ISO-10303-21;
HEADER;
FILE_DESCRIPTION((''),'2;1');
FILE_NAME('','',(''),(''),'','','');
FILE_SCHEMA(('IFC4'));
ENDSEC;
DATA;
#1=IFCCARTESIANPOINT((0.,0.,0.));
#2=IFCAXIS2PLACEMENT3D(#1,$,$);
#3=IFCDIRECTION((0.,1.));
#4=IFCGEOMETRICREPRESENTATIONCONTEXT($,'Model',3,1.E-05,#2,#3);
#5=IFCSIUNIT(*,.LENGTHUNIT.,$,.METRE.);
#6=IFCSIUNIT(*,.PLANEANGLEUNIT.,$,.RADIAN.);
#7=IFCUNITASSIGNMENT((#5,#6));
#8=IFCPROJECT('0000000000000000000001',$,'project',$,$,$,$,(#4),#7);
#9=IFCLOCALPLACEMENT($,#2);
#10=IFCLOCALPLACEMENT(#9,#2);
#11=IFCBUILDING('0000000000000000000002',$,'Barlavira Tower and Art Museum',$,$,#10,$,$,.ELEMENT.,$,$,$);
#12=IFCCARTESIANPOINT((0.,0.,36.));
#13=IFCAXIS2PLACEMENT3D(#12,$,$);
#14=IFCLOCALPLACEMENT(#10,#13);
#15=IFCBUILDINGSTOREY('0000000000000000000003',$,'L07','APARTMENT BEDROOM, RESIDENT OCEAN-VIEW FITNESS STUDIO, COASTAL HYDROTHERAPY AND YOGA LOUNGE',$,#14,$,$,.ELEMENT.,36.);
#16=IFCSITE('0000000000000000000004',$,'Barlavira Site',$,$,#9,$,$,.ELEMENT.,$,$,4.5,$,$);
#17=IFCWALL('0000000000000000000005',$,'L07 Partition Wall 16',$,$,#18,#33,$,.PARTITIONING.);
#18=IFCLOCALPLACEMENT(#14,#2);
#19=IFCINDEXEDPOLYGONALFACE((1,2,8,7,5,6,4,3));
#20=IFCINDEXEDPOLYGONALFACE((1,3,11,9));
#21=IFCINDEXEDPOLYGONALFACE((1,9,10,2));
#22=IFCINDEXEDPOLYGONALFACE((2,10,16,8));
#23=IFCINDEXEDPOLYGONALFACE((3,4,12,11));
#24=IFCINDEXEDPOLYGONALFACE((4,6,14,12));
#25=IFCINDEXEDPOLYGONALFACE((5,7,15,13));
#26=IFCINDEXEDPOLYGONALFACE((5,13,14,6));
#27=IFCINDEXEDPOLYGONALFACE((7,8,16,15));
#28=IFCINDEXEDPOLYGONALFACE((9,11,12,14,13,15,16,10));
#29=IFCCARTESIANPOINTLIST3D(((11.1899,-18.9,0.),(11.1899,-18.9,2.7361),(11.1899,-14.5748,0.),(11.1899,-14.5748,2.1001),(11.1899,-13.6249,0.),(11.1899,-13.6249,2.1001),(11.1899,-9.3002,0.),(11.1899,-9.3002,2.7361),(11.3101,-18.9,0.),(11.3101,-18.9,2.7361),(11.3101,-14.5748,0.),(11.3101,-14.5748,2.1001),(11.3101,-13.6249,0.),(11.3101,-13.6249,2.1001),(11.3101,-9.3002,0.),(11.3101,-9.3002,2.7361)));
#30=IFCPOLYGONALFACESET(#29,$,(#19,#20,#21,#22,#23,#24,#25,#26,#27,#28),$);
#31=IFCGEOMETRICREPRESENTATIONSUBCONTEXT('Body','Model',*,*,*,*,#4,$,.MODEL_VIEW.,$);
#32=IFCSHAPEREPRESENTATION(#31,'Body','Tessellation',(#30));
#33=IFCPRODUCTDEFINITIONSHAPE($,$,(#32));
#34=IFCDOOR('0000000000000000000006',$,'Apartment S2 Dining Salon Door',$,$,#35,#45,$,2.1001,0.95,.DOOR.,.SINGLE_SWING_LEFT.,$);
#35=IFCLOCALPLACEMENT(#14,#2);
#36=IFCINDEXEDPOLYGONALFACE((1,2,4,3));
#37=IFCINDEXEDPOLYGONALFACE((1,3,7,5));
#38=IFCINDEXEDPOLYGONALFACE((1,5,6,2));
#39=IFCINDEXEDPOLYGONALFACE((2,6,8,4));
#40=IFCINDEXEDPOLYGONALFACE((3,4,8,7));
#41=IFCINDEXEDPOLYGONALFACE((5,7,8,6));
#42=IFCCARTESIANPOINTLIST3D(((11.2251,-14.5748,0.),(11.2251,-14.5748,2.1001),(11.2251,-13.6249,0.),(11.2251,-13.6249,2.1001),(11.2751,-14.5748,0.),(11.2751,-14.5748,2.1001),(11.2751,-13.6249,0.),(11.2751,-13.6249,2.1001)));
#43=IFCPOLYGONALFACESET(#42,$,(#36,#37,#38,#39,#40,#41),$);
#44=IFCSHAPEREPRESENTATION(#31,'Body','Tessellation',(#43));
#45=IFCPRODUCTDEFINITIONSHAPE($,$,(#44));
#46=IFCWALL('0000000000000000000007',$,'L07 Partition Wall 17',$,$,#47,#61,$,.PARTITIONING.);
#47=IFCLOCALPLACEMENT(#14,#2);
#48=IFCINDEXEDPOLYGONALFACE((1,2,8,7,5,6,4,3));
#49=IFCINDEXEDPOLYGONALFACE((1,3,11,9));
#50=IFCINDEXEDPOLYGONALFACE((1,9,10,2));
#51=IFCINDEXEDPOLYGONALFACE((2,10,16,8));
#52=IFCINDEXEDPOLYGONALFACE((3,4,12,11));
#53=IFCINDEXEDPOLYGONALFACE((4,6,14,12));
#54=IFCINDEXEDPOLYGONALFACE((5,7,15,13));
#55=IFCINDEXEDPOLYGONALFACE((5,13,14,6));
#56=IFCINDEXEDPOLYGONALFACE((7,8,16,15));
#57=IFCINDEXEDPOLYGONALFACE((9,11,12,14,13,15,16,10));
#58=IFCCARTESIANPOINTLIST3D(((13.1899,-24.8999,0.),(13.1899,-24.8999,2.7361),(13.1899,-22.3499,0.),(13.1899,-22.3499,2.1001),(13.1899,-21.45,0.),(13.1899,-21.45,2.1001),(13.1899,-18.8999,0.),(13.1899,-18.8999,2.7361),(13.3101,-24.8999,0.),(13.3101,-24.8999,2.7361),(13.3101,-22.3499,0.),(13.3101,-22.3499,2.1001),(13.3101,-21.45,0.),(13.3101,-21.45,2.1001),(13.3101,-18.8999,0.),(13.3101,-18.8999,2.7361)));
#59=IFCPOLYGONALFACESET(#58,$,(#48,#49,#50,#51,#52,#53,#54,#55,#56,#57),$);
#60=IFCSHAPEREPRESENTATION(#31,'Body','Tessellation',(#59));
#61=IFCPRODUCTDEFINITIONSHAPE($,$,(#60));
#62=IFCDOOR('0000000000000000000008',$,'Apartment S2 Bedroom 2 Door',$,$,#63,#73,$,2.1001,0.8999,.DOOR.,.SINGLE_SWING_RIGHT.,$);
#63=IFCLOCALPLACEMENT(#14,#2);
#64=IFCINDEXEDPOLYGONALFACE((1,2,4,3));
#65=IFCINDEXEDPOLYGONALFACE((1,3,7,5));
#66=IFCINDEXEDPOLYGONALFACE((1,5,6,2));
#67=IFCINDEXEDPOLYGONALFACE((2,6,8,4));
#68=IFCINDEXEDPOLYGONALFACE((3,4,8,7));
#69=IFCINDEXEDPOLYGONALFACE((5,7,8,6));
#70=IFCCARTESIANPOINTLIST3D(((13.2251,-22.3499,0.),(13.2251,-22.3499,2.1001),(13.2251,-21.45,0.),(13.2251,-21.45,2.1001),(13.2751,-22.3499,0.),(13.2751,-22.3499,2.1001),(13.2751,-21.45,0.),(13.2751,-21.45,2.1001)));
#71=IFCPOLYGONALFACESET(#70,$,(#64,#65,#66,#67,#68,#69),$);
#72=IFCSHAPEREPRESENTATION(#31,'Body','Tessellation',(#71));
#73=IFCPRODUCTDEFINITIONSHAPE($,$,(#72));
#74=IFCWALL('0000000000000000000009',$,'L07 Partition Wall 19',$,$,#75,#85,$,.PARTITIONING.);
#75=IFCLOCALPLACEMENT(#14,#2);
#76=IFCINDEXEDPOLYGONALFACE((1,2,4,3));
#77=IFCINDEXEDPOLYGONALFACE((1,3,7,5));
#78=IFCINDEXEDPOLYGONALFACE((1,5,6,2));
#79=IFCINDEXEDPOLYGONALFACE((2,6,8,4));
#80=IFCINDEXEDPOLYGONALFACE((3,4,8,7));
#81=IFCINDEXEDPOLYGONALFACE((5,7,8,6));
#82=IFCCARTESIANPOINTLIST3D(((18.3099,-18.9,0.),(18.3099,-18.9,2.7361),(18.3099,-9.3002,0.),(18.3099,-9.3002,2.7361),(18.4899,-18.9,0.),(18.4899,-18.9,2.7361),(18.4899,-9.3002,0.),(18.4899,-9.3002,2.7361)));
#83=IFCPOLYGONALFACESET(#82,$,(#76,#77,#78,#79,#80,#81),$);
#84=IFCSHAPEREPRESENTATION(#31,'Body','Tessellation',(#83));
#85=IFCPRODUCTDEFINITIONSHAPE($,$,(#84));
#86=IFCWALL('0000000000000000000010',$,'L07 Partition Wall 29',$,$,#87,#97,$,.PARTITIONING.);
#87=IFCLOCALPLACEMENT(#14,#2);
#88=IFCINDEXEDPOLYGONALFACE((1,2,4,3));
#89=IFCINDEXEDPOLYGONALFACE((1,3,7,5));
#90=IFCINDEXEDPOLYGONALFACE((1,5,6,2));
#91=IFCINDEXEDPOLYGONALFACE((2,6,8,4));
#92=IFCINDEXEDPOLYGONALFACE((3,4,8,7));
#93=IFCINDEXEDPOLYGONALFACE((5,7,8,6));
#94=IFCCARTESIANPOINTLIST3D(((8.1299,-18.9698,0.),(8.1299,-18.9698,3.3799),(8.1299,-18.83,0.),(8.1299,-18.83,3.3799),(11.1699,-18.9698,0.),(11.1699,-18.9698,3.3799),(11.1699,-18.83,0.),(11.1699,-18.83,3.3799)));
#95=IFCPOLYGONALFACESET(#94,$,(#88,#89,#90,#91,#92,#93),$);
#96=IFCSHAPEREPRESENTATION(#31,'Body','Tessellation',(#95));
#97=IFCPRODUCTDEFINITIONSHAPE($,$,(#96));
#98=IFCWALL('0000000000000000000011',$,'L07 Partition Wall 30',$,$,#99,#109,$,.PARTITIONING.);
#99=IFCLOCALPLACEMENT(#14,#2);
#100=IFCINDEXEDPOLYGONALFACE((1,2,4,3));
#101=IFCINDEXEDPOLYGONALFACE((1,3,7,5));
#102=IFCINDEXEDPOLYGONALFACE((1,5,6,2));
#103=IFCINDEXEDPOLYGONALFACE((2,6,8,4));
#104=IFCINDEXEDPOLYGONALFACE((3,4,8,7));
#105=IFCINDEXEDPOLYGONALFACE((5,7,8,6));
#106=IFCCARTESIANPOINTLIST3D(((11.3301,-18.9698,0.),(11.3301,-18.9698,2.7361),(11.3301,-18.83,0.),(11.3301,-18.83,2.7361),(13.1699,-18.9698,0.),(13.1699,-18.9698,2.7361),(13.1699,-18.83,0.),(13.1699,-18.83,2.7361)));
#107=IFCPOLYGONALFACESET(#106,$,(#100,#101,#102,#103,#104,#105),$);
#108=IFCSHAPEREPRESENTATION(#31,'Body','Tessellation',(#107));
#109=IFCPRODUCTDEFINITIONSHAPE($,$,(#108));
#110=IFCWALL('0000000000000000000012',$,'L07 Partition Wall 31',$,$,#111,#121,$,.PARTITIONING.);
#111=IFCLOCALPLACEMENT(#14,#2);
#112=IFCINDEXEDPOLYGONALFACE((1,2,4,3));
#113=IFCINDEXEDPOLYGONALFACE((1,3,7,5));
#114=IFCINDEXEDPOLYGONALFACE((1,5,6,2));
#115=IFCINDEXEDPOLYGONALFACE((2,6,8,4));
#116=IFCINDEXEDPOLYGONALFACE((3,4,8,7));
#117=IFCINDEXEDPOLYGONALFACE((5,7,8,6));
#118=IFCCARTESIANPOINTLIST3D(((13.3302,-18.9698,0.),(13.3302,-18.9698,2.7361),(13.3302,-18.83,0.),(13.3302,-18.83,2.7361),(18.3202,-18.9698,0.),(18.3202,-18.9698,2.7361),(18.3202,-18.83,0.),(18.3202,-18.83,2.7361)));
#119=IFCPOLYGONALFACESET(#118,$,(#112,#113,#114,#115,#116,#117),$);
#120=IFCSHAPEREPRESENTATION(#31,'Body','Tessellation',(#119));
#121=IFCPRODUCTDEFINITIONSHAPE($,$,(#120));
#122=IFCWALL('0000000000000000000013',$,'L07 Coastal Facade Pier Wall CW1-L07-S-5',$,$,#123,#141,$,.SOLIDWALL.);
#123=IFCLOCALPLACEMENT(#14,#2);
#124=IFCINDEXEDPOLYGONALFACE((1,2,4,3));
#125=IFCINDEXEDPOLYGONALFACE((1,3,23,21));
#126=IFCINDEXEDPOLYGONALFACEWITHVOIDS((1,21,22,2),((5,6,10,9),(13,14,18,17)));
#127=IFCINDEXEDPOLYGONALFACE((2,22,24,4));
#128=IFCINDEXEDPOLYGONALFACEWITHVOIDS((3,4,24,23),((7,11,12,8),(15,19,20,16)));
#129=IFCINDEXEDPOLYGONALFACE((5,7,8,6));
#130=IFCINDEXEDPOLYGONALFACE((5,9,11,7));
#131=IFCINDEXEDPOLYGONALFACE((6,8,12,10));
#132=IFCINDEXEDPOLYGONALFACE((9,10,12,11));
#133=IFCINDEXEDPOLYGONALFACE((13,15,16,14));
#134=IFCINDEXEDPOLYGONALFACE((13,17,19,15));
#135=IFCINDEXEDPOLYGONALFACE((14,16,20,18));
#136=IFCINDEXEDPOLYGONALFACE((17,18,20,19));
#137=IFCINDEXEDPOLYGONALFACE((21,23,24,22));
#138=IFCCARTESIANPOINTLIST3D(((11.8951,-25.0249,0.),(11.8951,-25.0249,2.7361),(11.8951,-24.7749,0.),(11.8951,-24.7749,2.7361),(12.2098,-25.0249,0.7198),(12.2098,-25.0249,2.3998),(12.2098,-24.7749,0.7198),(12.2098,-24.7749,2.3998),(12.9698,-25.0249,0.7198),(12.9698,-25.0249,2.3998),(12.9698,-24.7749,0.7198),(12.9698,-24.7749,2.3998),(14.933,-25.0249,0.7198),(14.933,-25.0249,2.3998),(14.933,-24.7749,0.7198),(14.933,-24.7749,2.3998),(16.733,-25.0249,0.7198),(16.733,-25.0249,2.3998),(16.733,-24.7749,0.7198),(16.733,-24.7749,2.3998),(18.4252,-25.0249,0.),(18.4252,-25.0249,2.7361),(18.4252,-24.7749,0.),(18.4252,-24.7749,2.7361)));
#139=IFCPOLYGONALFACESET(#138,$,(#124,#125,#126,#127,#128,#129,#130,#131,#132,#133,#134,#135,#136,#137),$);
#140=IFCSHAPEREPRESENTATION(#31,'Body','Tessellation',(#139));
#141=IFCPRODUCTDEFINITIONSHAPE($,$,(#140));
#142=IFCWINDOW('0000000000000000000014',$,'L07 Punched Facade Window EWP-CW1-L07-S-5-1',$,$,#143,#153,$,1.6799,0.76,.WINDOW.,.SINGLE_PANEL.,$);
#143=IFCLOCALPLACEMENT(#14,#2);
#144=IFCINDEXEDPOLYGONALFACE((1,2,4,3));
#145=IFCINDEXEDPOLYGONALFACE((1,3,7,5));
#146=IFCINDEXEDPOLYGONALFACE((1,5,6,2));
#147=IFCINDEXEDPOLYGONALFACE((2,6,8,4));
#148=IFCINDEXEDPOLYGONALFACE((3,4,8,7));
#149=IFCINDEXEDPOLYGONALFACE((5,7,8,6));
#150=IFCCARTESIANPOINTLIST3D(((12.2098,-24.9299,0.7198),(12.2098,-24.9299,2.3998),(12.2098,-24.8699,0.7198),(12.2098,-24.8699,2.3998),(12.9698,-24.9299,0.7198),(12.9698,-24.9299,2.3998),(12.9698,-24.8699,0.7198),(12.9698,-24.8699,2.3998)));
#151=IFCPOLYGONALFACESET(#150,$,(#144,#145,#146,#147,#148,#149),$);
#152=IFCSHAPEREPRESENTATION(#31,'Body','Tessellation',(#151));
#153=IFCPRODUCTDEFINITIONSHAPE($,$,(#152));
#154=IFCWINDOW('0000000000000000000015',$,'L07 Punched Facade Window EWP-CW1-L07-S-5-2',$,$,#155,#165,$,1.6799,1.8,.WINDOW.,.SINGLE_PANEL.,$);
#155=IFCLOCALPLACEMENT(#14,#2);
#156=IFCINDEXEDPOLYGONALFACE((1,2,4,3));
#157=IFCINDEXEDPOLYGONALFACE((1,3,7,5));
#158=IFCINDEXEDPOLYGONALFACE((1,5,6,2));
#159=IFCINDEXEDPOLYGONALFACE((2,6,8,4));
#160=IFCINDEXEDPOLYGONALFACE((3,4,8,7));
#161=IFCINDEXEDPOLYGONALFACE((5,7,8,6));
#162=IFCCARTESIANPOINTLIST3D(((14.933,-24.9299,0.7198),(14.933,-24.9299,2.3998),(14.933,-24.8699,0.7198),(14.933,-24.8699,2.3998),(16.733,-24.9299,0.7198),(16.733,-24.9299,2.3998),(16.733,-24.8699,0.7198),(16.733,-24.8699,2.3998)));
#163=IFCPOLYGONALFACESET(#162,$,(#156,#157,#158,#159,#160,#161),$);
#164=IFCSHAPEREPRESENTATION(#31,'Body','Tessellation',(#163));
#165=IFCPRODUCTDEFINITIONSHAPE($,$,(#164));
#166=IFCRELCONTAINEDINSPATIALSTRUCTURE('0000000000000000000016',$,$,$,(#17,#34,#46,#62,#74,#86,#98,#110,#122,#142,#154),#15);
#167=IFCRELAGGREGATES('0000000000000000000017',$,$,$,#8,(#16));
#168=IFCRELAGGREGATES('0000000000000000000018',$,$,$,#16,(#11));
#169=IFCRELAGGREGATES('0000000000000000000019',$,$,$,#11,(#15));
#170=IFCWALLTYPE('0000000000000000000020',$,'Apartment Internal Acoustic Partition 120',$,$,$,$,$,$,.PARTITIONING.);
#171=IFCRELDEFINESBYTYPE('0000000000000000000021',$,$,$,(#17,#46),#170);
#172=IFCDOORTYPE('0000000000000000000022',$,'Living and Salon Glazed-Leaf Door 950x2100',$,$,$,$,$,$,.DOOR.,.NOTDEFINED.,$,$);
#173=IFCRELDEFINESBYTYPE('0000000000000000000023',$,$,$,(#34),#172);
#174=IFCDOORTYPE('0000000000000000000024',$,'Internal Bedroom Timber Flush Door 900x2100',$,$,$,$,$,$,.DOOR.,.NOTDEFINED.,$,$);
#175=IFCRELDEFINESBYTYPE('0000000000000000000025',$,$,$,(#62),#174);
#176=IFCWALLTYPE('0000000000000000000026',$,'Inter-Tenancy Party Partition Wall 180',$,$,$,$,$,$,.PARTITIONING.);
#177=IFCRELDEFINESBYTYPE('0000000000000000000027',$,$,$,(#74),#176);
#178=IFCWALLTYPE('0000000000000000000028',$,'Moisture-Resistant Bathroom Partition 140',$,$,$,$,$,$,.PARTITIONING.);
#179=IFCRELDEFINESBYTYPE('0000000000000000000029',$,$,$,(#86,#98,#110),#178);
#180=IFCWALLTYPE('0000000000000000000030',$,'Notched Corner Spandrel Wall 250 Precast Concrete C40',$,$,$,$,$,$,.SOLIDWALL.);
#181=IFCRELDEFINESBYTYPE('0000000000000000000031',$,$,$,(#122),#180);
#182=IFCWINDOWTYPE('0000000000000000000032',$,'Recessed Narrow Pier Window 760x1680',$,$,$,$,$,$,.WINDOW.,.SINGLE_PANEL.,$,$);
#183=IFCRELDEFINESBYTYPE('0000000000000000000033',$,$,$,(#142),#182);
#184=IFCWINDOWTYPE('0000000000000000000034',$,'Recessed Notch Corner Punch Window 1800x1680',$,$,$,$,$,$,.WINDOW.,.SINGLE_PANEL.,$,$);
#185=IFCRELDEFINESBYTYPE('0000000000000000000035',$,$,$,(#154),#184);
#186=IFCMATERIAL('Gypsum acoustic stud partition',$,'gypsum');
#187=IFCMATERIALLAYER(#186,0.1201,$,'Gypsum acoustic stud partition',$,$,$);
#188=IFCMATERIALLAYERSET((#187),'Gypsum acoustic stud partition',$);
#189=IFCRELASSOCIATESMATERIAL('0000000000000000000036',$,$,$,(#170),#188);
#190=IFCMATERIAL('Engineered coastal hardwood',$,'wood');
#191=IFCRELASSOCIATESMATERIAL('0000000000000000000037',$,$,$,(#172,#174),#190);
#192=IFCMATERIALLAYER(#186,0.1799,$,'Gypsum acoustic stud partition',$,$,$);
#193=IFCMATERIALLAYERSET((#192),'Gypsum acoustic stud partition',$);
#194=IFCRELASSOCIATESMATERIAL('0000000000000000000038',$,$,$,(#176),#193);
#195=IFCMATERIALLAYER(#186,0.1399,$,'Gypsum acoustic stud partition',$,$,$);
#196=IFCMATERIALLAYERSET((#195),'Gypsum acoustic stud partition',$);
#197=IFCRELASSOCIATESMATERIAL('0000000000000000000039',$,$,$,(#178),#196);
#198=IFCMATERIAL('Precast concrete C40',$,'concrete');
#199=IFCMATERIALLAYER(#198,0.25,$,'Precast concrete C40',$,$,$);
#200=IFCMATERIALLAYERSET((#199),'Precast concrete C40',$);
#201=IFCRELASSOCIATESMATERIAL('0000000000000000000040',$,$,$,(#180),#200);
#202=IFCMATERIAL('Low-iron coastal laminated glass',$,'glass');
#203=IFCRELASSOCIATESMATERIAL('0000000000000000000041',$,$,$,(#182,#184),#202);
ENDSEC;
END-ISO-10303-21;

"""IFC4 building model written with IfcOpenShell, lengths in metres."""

from ifc_helpers import new_model, si_unit, direction, frame, frame_2d, origin, place, context, subcontext, project, spatial, rectangle, extrude, material, layer, layer_set, type_object, element, fill, save


model = new_model("IFC4")

# Units and contexts
model_context = context("Model", 3, precision=1e-05, world=origin(), true_north=direction((0.0, 1.0)))
body_context = subcontext(model_context, "Body", "Model", "MODEL_VIEW")
ifc_project = project(units=[si_unit("LENGTHUNIT", "METRE"), si_unit("PLANEANGLEUNIT", "RADIAN")], contexts=[model_context])

# Site, building, storey
site_placement = place(None, origin())
site = spatial("IfcSite", under=ifc_project, at=site_placement, Name="Barlavira Site", CompositionType="ELEMENT", RefElevation=4.5)
building_placement = place(site_placement, origin())
building = spatial("IfcBuilding", under=site, at=building_placement, Name="Barlavira Tower and Art Museum", CompositionType="ELEMENT")
storey_placement = place(building_placement, frame((0.0, 0.0, 36.0)))
storey = spatial("IfcBuildingStorey", under=building, at=storey_placement, Name="L07", Description="APARTMENT BEDROOM, RESIDENT OCEAN-VIEW FITNESS STUDIO, COASTAL HYDROTHERAPY AND YOGA LOUNGE", CompositionType="ELEMENT", Elevation=36.0)

# Walls, openings, doors
ifc_material_1 = material(Name="Gypsum acoustic stud partition", Category="gypsum")
ifc_layer_1 = layer(ifc_material_1, 0.1201, Name="Gypsum acoustic stud partition")
ifc_layer_set_1 = layer_set([ifc_layer_1], Name="Gypsum acoustic stud partition")
wall_type_1 = type_object("IfcWallType", Name="Apartment Internal Acoustic Partition 120", PredefinedType="PARTITIONING", material=ifc_layer_set_1)
wall_1_placement = place(storey_placement, frame((11.25, -18.8999, 0.0), z_axis=(0.0, 0.0, 1.0), x_axis=(0.0, 1.0, 0.0)))
wall_1 = element("IfcWall", 1, at=wall_1_placement, inside=storey, type_object=wall_type_1, Name="L07 Partition Wall 16", PredefinedType="PARTITIONING", context=body_context, shape_type="SweptSolid", body=[
    extrude(rectangle(XDim=9.5999, YDim=0.1201, at=frame_2d((4.7998, 0.0))), origin(), (0.0, 0.0, 1.0), 2.7361),
])
opening_1_placement = place(wall_1_placement, frame((4.325, 0.0, 0.0)))
opening_1 = element("IfcOpeningElement", 2, at=opening_1_placement, cuts=wall_1, PredefinedType="OPENING", context=body_context, shape_type="SweptSolid", body=[
    extrude(rectangle(XDim=0.95, YDim=2.1001, at=frame_2d((0.4751, 1.05))), frame((0.0, 0.0701, 0.0), z_axis=(0.0, -1.0, 0.0), x_axis=(1.0, 0.0, 0.0)), (0.0, 0.0, 1.0), 0.1401),
])
ifc_material_2 = material(Name="Engineered coastal hardwood", Category="wood")
door_type_1 = type_object("IfcDoorType", Name="Living and Salon Glazed-Leaf Door 950x2100", OperationType="NOTDEFINED", PredefinedType="DOOR", material=ifc_material_2)
door_1_placement = place(opening_1_placement, origin())
door_1 = element("IfcDoor", 3, at=door_1_placement, inside=storey, type_object=door_type_1, Name="Apartment S2 Dining Salon Door", OperationType="SINGLE_SWING_LEFT", OverallHeight=2.1001, OverallWidth=0.95, PredefinedType="DOOR", context=body_context, shape_type="SweptSolid", body=[
    extrude(rectangle(XDim=0.95, YDim=2.1001, at=frame_2d((0.4751, 1.05))), frame((0.0, 0.0249, 0.0), z_axis=(0.0, -1.0, 0.0), x_axis=(1.0, 0.0, 0.0)), (0.0, 0.0, 1.0), 0.05),
])
fill(opening_1, door_1)
wall_2_placement = place(storey_placement, frame((13.25, -24.8999, 0.0), z_axis=(0.0, 0.0, 1.0), x_axis=(0.0, 1.0, 0.0)))
wall_2 = element("IfcWall", 4, at=wall_2_placement, inside=storey, type_object=wall_type_1, Name="L07 Partition Wall 17", PredefinedType="PARTITIONING", context=body_context, shape_type="SweptSolid", body=[
    extrude(rectangle(XDim=6.0, YDim=0.1201, at=frame_2d((3.0, 0.0))), origin(), (0.0, 0.0, 1.0), 2.7361),
])
opening_2_placement = place(wall_2_placement, frame((2.55, 0.0, 0.0)))
opening_2 = element("IfcOpeningElement", 5, at=opening_2_placement, cuts=wall_2, PredefinedType="OPENING", context=body_context, shape_type="SweptSolid", body=[
    extrude(rectangle(XDim=0.8999, YDim=2.1001, at=frame_2d((0.45, 1.05))), frame((0.0, 0.0701, 0.0), z_axis=(0.0, -1.0, 0.0), x_axis=(1.0, 0.0, 0.0)), (0.0, 0.0, 1.0), 0.1401),
])
door_type_2 = type_object("IfcDoorType", Name="Internal Bedroom Timber Flush Door 900x2100", OperationType="NOTDEFINED", PredefinedType="DOOR", material=ifc_material_2)
door_2_placement = place(opening_2_placement, origin())
door_2 = element("IfcDoor", 6, at=door_2_placement, inside=storey, type_object=door_type_2, Name="Apartment S2 Bedroom 2 Door", OperationType="SINGLE_SWING_RIGHT", OverallHeight=2.1001, OverallWidth=0.8999, PredefinedType="DOOR", context=body_context, shape_type="SweptSolid", body=[
    extrude(rectangle(XDim=0.8999, YDim=2.1001, at=frame_2d((0.45, 1.05))), frame((0.0, 0.0249, 0.0), z_axis=(0.0, -1.0, 0.0), x_axis=(1.0, 0.0, 0.0)), (0.0, 0.0, 1.0), 0.05),
])
fill(opening_2, door_2)

# Walls
ifc_layer_2 = layer(ifc_material_1, 0.1799, Name="Gypsum acoustic stud partition")
ifc_layer_set_2 = layer_set([ifc_layer_2], Name="Gypsum acoustic stud partition")
wall_type_2 = type_object("IfcWallType", Name="Inter-Tenancy Party Partition Wall 180", PredefinedType="PARTITIONING", material=ifc_layer_set_2)
wall_3_placement = place(storey_placement, frame((18.3999, -18.8999, 0.0), z_axis=(0.0, 0.0, 1.0), x_axis=(0.0, 1.0, 0.0)))
element("IfcWall", 7, at=wall_3_placement, inside=storey, type_object=wall_type_2, Name="L07 Partition Wall 19", PredefinedType="PARTITIONING", context=body_context, shape_type="SweptSolid", body=[
    extrude(rectangle(XDim=9.5999, YDim=0.1799, at=frame_2d((4.7998, 0.0))), origin(), (0.0, 0.0, 1.0), 2.7361),
])
ifc_layer_3 = layer(ifc_material_1, 0.1399, Name="Gypsum acoustic stud partition")
ifc_layer_set_3 = layer_set([ifc_layer_3], Name="Gypsum acoustic stud partition")
wall_type_3 = type_object("IfcWallType", Name="Moisture-Resistant Bathroom Partition 140", PredefinedType="PARTITIONING", material=ifc_layer_set_3)
wall_4_placement = place(storey_placement, frame((8.1299, -18.8999, 0.0), z_axis=(0.0, 0.0, 1.0), x_axis=(1.0, 0.0, 0.0)))
element("IfcWall", 8, at=wall_4_placement, inside=storey, type_object=wall_type_3, Name="L07 Partition Wall 29", PredefinedType="PARTITIONING", context=body_context, shape_type="SweptSolid", body=[
    extrude(rectangle(XDim=3.04, YDim=0.1399, at=frame_2d((1.52, 0.0))), origin(), (0.0, 0.0, 1.0), 3.3799),
])
wall_5_placement = place(storey_placement, frame((11.3301, -18.8999, 0.0), z_axis=(0.0, 0.0, 1.0), x_axis=(1.0, 0.0, 0.0)))
element("IfcWall", 9, at=wall_5_placement, inside=storey, type_object=wall_type_3, Name="L07 Partition Wall 30", PredefinedType="PARTITIONING", context=body_context, shape_type="SweptSolid", body=[
    extrude(rectangle(XDim=1.8398, YDim=0.1399, at=frame_2d((0.9199, 0.0))), origin(), (0.0, 0.0, 1.0), 2.7361),
])
wall_6_placement = place(storey_placement, frame((13.3301, -18.8999, 0.0), z_axis=(0.0, 0.0, 1.0), x_axis=(1.0, 0.0, 0.0)))
element("IfcWall", 10, at=wall_6_placement, inside=storey, type_object=wall_type_3, Name="L07 Partition Wall 31", PredefinedType="PARTITIONING", context=body_context, shape_type="SweptSolid", body=[
    extrude(rectangle(XDim=4.99, YDim=0.1399, at=frame_2d((2.4951, 0.0))), origin(), (0.0, 0.0, 1.0), 2.7361),
])

# Wall, openings, windows
ifc_material_3 = material(Name="Precast concrete C40", Category="concrete")
ifc_layer_4 = layer(ifc_material_3, 0.25, Name="Precast concrete C40")
ifc_layer_set_4 = layer_set([ifc_layer_4], Name="Precast concrete C40")
wall_type_4 = type_object("IfcWallType", Name="Notched Corner Spandrel Wall 250 Precast Concrete C40", PredefinedType="SOLIDWALL", material=ifc_layer_set_4)
wall_7_placement = place(storey_placement, frame((11.895, -24.8999, 0.0), z_axis=(0.0, 0.0, 1.0), x_axis=(1.0, 0.0, 0.0)))
wall_7 = element("IfcWall", 11, at=wall_7_placement, inside=storey, type_object=wall_type_4, Name="L07 Coastal Facade Pier Wall CW1-L07-S-5", PredefinedType="SOLIDWALL", context=body_context, shape_type="SweptSolid", body=[
    extrude(rectangle(XDim=6.53, YDim=0.25, at=frame_2d((3.2651, 0.0))), origin(), (0.0, 0.0, 1.0), 2.7361),
])
opening_3_placement = place(wall_7_placement, frame((0.3149, 0.0, 0.72)))
opening_3 = element("IfcOpeningElement", 12, at=opening_3_placement, cuts=wall_7, PredefinedType="OPENING", context=body_context, shape_type="SweptSolid", body=[
    extrude(rectangle(XDim=0.76, YDim=1.6799, at=frame_2d((0.3799, 0.8398))), frame((0.0, 0.135, 0.0), z_axis=(0.0, -1.0, 0.0), x_axis=(1.0, 0.0, 0.0)), (0.0, 0.0, 1.0), 0.27),
])
opening_4_placement = place(wall_7_placement, frame((3.0381, 0.0, 0.72)))
opening_4 = element("IfcOpeningElement", 13, at=opening_4_placement, cuts=wall_7, PredefinedType="OPENING", context=body_context, shape_type="SweptSolid", body=[
    extrude(rectangle(XDim=1.8, YDim=1.6799, at=frame_2d((0.8999, 0.8398))), frame((0.0, 0.135, 0.0), z_axis=(0.0, -1.0, 0.0), x_axis=(1.0, 0.0, 0.0)), (0.0, 0.0, 1.0), 0.27),
])
ifc_material_4 = material(Name="Low-iron coastal laminated glass", Category="glass")
window_type_1 = type_object("IfcWindowType", Name="Recessed Narrow Pier Window 760x1680", PartitioningType="SINGLE_PANEL", PredefinedType="WINDOW", material=ifc_material_4)
window_1_placement = place(opening_3_placement, origin())
window_1 = element("IfcWindow", 14, at=window_1_placement, inside=storey, type_object=window_type_1, Name="L07 Punched Facade Window EWP-CW1-L07-S-5-1", OverallHeight=1.6799, OverallWidth=0.76, PartitioningType="SINGLE_PANEL", PredefinedType="WINDOW", context=body_context, shape_type="SweptSolid", body=[
    extrude(rectangle(XDim=0.76, YDim=1.6799, at=frame_2d((0.3799, 0.8398))), frame((0.0, 0.03, 0.0), z_axis=(0.0, -1.0, 0.0), x_axis=(1.0, 0.0, 0.0)), (0.0, 0.0, 1.0), 0.0601),
])
fill(opening_3, window_1)
window_type_2 = type_object("IfcWindowType", Name="Recessed Notch Corner Punch Window 1800x1680", PartitioningType="SINGLE_PANEL", PredefinedType="WINDOW", material=ifc_material_4)
window_2_placement = place(opening_4_placement, origin())
window_2 = element("IfcWindow", 15, at=window_2_placement, inside=storey, type_object=window_type_2, Name="L07 Punched Facade Window EWP-CW1-L07-S-5-2", OverallHeight=1.6799, OverallWidth=1.8, PartitioningType="SINGLE_PANEL", PredefinedType="WINDOW", context=body_context, shape_type="SweptSolid", body=[
    extrude(rectangle(XDim=1.8, YDim=1.6799, at=frame_2d((0.8999, 0.8398))), frame((0.0, 0.03, 0.0), z_axis=(0.0, -1.0, 0.0), x_axis=(1.0, 0.0, 0.0)), (0.0, 0.0, 1.0), 0.0601),
])
fill(opening_4, window_2)

save(model, "model.ifc")
